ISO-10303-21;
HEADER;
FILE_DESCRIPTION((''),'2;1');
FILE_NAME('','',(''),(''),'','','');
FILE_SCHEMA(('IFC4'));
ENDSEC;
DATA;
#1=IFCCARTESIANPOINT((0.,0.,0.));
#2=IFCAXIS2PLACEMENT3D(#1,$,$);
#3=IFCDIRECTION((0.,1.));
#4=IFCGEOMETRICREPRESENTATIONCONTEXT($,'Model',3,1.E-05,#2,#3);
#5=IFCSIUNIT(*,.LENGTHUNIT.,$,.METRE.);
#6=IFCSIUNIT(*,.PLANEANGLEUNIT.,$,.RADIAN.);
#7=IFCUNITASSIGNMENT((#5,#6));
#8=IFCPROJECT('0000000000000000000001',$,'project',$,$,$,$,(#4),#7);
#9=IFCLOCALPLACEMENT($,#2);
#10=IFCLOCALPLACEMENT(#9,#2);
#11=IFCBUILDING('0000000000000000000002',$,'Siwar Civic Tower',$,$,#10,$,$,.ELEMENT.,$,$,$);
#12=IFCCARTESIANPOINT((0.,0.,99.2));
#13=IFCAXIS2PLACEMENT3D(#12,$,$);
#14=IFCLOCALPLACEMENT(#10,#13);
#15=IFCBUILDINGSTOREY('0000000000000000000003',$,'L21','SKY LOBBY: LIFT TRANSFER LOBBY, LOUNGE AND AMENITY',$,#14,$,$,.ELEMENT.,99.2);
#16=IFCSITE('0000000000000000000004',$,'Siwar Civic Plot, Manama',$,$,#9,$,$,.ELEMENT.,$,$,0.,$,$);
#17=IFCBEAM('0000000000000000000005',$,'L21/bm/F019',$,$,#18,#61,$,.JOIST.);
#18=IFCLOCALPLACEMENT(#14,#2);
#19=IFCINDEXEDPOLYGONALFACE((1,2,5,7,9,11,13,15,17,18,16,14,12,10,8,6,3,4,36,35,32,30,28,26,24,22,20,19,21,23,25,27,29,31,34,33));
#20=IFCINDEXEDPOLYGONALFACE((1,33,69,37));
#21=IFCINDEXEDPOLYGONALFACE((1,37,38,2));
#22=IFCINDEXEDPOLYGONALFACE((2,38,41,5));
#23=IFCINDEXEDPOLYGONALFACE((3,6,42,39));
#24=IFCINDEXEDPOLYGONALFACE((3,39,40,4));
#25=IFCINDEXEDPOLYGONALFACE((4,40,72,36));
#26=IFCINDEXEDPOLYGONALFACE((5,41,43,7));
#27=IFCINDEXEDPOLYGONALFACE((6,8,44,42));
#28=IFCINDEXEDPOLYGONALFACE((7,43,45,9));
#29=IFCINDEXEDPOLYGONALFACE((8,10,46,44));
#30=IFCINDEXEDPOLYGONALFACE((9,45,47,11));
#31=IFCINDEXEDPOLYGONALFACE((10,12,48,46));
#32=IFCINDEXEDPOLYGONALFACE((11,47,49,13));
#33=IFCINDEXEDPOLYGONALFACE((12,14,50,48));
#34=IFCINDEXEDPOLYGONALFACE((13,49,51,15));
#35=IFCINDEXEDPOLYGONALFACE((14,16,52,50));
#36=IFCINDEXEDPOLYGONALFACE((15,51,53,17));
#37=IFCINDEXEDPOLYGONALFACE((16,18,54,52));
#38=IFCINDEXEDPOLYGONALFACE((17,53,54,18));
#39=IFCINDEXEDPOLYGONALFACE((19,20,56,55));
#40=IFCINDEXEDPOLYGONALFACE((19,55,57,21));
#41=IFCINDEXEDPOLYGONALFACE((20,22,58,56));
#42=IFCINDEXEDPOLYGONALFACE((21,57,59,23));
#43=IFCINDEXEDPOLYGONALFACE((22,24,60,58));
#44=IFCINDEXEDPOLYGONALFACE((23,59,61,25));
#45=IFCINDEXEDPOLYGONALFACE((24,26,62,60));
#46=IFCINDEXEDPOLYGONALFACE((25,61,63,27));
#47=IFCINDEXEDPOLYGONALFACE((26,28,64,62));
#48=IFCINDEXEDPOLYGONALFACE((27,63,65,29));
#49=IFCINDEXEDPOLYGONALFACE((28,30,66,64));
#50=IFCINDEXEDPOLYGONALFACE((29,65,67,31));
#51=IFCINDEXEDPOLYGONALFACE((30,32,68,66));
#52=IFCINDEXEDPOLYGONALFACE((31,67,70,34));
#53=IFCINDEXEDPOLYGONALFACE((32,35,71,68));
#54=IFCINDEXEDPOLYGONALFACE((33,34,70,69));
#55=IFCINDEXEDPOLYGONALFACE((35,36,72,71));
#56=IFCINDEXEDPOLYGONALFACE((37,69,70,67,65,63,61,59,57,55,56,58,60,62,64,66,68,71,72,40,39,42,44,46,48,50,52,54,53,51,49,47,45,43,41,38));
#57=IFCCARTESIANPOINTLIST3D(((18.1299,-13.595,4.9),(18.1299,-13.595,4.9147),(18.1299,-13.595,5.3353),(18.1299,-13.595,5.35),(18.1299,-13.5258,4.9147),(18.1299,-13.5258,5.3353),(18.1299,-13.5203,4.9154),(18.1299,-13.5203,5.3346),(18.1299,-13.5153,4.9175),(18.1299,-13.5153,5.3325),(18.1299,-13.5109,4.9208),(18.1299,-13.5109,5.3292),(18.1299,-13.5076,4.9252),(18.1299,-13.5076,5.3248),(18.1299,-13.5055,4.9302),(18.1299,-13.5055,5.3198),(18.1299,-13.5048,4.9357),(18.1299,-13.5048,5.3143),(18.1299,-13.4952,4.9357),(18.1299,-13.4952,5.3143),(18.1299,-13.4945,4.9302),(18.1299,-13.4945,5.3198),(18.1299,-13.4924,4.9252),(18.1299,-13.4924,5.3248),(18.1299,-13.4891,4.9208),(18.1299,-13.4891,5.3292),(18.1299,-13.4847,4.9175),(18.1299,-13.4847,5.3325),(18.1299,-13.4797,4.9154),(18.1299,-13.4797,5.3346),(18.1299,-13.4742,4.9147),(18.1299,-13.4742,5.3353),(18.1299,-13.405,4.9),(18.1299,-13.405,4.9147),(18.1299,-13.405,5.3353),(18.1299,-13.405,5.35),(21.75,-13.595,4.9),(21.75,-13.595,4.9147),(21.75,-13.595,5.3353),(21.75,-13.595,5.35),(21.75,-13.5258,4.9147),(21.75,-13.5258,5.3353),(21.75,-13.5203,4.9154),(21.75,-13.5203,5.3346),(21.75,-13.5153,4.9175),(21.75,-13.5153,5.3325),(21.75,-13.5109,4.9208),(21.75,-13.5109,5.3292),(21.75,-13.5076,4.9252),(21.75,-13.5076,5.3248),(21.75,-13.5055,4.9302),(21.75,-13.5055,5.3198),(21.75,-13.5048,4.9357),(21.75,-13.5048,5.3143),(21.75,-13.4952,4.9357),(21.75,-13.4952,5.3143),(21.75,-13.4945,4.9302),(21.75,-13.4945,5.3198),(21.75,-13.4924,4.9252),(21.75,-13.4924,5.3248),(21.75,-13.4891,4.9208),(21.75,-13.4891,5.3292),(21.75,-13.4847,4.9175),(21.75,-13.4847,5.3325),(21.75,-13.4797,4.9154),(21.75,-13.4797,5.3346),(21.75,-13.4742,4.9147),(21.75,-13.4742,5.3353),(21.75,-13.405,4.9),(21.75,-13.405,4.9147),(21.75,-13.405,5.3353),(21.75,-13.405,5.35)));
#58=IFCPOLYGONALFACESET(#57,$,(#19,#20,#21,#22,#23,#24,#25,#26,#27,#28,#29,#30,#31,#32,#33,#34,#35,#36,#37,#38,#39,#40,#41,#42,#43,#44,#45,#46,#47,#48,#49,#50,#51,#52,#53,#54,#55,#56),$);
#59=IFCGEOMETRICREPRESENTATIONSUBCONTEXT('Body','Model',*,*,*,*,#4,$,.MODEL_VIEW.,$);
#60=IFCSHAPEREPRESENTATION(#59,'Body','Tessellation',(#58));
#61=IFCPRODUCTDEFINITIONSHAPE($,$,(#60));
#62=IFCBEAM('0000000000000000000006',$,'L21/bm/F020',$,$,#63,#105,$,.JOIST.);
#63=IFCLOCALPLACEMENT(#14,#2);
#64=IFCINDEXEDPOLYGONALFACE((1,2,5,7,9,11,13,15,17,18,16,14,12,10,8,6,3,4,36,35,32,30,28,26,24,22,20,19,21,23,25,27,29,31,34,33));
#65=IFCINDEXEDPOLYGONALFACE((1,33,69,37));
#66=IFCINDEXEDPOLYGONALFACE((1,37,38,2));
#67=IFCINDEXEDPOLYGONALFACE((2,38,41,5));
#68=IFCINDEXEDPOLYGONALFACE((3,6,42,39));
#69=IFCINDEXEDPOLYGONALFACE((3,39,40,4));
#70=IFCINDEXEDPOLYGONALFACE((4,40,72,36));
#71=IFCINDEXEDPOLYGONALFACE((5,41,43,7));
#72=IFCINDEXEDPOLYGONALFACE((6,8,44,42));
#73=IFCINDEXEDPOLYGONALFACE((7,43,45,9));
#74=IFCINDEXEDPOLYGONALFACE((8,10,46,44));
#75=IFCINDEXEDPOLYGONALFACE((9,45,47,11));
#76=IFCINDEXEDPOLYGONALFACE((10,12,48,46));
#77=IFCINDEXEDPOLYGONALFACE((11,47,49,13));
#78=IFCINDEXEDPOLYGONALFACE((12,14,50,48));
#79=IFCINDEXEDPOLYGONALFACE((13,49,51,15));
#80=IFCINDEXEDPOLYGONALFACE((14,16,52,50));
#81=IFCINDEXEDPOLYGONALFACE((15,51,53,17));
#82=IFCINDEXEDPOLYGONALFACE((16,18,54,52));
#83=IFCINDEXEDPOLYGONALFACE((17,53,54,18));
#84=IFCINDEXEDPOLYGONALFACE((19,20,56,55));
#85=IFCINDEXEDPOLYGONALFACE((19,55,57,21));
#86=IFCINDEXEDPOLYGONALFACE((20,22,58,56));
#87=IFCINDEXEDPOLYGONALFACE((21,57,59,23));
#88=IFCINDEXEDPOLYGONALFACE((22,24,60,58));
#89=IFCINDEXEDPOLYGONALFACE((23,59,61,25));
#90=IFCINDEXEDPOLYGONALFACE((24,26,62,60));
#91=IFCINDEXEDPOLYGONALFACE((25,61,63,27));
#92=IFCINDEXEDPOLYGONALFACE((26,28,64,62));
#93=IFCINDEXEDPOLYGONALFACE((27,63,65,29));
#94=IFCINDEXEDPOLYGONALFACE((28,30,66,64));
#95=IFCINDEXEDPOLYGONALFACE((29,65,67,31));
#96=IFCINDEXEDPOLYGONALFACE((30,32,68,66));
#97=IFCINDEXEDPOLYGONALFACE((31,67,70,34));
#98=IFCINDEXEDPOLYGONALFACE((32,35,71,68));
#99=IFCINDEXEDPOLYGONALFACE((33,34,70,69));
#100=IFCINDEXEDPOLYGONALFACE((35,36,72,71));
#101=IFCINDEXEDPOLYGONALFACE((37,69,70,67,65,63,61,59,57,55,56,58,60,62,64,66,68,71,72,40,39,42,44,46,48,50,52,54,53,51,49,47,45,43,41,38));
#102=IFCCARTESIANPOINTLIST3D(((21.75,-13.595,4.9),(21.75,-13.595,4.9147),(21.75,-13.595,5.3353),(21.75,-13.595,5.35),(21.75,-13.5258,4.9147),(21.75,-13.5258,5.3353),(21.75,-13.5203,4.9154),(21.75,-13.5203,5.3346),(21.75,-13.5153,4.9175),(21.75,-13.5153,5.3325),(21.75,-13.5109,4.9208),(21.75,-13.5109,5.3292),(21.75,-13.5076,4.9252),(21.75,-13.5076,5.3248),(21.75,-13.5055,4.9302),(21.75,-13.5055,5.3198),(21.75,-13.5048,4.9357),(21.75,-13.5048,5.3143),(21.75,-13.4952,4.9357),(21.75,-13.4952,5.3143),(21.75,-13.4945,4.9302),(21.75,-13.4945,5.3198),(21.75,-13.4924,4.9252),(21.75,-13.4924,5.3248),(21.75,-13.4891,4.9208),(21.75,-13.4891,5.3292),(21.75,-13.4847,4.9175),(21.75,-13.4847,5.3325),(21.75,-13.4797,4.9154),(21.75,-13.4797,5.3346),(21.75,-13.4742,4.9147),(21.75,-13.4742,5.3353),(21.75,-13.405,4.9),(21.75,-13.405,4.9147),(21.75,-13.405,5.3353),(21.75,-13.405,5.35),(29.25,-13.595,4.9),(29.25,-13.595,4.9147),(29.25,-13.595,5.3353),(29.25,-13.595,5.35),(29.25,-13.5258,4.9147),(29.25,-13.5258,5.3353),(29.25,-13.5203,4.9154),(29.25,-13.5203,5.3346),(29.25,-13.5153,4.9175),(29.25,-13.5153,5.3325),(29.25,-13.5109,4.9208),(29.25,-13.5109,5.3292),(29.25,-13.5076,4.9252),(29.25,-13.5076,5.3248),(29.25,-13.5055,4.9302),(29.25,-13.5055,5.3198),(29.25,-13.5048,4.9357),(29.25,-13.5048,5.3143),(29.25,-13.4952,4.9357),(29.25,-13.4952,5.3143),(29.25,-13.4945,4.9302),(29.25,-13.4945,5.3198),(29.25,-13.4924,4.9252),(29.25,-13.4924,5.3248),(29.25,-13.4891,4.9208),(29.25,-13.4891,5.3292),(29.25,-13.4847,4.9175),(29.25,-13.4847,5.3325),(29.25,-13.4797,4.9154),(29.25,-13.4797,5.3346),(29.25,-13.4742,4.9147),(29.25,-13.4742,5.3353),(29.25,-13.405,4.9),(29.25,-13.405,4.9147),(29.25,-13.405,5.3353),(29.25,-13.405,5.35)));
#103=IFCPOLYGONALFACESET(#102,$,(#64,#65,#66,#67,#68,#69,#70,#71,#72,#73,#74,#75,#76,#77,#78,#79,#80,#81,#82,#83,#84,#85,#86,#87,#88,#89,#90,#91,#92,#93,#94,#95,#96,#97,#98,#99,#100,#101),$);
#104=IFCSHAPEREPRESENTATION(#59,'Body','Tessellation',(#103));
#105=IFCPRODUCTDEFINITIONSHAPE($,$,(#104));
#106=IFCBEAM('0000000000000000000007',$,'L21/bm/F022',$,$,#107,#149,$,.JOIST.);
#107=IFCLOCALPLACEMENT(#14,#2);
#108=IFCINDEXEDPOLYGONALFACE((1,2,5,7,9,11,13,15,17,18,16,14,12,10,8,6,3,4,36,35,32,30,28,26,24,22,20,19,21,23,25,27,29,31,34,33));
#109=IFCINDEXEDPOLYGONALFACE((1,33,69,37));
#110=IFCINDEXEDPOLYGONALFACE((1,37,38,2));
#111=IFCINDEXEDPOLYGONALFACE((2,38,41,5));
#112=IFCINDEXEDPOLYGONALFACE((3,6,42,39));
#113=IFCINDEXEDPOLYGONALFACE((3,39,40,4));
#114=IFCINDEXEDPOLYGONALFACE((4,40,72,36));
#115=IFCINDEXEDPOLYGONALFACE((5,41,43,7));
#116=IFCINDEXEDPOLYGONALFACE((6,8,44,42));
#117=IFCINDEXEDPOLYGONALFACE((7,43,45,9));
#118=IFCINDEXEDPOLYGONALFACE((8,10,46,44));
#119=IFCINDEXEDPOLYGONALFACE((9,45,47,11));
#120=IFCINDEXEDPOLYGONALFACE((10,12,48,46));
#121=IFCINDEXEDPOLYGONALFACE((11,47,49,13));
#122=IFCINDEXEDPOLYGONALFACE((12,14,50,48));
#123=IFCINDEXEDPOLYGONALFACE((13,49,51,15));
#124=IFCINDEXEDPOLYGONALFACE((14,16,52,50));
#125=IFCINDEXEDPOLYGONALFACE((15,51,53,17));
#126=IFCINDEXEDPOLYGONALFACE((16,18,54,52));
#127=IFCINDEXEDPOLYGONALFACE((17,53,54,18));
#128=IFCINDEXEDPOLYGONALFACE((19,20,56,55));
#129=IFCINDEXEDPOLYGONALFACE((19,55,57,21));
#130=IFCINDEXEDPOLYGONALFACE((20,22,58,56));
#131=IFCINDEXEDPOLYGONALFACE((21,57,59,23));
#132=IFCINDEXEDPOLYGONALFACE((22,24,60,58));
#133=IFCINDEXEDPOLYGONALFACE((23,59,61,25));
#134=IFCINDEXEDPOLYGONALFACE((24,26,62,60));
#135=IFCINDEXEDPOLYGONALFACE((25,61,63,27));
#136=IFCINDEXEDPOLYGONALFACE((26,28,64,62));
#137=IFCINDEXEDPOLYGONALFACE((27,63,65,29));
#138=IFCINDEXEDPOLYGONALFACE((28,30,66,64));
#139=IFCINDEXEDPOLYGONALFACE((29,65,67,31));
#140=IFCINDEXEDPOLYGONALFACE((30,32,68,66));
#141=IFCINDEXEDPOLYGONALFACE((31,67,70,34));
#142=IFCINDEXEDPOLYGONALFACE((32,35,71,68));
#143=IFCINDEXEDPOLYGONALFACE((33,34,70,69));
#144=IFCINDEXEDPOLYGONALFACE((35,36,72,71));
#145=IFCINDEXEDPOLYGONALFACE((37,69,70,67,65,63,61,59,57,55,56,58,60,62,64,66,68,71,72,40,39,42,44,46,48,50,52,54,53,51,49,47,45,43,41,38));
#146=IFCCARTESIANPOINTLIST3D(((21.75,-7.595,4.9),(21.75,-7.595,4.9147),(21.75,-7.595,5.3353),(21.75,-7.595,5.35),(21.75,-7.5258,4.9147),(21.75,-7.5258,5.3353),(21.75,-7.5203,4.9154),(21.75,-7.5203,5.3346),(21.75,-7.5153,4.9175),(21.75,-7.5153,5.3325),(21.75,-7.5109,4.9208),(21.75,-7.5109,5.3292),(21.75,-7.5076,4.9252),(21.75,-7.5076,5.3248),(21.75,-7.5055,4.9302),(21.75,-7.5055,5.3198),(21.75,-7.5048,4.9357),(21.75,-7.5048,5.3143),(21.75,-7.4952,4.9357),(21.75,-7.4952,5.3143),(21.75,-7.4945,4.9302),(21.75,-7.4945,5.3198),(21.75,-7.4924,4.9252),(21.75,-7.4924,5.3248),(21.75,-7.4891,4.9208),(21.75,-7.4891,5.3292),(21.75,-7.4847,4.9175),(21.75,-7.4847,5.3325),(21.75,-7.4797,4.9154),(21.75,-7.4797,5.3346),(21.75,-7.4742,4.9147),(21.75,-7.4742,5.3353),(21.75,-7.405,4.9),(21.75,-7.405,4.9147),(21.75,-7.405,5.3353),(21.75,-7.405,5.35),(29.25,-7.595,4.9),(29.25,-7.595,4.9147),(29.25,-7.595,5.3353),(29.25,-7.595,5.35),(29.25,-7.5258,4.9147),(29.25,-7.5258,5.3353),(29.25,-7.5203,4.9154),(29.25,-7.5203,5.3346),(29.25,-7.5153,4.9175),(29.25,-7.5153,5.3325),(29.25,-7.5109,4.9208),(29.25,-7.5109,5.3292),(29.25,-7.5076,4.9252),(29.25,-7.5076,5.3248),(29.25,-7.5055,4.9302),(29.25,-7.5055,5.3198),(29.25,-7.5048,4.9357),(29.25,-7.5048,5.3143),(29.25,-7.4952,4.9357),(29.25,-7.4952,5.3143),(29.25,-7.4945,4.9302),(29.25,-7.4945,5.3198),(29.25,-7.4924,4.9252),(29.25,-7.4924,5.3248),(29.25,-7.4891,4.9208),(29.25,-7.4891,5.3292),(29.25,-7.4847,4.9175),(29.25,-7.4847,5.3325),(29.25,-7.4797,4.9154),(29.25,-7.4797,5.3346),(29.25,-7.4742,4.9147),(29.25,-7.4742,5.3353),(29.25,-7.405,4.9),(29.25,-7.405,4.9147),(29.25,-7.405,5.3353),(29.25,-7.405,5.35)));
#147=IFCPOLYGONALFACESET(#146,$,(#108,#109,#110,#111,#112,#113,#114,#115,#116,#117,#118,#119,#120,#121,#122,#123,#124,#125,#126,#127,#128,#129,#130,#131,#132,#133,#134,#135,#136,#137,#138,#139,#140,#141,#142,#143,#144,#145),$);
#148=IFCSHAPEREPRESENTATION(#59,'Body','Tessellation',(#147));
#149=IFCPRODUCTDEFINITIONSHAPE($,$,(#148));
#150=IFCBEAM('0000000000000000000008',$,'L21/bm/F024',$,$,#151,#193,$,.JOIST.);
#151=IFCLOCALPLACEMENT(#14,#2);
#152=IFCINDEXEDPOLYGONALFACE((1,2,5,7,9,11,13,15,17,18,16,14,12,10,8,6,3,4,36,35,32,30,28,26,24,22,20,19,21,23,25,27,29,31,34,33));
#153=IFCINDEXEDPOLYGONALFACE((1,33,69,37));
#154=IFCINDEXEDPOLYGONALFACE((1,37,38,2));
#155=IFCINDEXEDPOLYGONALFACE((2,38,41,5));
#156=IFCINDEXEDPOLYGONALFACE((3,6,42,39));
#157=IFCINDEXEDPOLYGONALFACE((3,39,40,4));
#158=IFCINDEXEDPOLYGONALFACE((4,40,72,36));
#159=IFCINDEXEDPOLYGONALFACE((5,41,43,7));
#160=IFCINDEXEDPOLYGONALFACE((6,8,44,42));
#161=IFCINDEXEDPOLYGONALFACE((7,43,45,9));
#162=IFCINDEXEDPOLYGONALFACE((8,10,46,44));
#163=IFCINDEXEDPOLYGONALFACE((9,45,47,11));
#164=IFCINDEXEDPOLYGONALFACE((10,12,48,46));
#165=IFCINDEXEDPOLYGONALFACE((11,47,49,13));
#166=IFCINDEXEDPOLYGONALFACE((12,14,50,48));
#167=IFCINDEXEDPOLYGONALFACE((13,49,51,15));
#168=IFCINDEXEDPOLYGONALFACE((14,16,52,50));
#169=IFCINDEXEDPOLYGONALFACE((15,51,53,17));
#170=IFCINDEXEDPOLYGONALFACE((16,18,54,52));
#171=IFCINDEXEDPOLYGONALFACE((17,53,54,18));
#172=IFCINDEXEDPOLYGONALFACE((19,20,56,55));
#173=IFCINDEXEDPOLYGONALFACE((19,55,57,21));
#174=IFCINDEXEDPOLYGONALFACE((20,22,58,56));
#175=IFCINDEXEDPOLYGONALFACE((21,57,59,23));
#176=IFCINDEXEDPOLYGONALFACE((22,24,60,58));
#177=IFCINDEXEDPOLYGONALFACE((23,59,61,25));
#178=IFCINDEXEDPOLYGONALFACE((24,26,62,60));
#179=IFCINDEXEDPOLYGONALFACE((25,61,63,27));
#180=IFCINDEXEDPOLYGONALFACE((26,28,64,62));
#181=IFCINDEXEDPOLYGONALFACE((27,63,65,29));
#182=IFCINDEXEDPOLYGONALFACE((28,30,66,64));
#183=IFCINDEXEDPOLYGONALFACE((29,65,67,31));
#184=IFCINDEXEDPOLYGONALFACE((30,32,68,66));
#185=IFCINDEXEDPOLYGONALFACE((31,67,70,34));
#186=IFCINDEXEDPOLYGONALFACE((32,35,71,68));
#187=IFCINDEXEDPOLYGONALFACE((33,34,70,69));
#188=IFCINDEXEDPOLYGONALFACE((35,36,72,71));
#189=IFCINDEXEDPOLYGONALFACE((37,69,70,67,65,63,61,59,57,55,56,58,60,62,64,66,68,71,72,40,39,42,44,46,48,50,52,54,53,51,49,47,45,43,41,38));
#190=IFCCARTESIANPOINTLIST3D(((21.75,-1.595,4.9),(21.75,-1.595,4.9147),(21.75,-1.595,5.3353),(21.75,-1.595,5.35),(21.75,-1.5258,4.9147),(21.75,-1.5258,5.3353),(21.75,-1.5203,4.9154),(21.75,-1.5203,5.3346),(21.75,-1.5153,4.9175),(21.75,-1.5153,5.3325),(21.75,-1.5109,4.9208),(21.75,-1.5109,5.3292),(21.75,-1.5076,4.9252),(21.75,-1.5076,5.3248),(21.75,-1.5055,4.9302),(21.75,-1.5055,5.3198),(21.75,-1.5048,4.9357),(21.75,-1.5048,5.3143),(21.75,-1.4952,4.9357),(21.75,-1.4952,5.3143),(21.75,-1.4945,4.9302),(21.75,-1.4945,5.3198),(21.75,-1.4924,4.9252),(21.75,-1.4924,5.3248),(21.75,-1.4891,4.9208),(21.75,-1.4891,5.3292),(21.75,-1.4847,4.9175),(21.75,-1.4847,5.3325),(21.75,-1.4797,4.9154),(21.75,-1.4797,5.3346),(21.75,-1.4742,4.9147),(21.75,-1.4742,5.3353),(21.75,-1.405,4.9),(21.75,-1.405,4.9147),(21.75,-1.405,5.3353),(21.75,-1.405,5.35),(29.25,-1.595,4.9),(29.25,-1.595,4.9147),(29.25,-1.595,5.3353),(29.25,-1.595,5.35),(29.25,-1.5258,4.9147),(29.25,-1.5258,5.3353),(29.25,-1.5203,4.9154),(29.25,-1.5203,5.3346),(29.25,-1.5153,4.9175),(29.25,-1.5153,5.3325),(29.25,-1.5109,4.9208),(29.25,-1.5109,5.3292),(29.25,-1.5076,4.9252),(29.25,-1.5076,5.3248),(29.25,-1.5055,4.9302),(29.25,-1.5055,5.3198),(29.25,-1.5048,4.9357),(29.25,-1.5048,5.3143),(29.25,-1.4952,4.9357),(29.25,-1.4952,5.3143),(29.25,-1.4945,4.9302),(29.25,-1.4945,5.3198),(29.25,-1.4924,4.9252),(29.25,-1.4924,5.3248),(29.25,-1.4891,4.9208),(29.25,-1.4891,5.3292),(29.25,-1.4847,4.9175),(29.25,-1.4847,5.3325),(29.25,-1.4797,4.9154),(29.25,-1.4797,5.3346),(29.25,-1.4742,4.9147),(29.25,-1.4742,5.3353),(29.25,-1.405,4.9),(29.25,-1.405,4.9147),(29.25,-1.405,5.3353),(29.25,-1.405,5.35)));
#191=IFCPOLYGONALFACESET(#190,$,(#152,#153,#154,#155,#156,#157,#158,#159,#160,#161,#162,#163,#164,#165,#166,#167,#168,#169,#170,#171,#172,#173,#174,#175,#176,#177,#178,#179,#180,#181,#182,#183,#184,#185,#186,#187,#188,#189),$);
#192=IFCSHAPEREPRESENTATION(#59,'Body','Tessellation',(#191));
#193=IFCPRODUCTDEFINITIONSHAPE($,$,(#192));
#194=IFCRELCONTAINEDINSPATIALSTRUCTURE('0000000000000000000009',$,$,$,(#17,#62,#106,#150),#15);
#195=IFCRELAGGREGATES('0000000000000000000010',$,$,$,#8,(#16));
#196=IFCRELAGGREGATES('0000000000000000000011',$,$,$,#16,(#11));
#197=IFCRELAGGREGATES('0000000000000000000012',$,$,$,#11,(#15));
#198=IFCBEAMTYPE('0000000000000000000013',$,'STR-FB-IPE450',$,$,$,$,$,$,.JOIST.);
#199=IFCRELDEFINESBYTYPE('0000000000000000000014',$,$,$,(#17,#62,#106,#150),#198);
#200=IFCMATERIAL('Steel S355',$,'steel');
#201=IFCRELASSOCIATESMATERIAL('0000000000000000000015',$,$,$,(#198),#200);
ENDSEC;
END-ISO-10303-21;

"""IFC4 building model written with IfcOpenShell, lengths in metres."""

from ifc_helpers import new_model, si_unit, direction, frame, origin, origin_2d, place, context, subcontext, project, spatial, i_section, extrude, material, material_profile, profile_set, type_object, element, save


model = new_model("IFC4")

# Units and contexts
model_context = context("Model", 3, precision=1e-05, world=origin(), true_north=direction((0.0, 1.0)))
body_context = subcontext(model_context, "Body", "Model", "MODEL_VIEW")
ifc_project = project(units=[si_unit("LENGTHUNIT", "METRE"), si_unit("PLANEANGLEUNIT", "RADIAN")], contexts=[model_context])

# Site, building, storey
site_placement = place(None, origin())
site = spatial("IfcSite", under=ifc_project, at=site_placement, Name="Siwar Civic Plot, Manama", CompositionType="ELEMENT", RefElevation=0.0)
building_placement = place(site_placement, origin())
building = spatial("IfcBuilding", under=site, at=building_placement, Name="Siwar Civic Tower", CompositionType="ELEMENT")
storey_placement = place(building_placement, frame((0.0, 0.0, 99.2)))
storey = spatial("IfcBuildingStorey", under=building, at=storey_placement, Name="L21", Description="SKY LOBBY: LIFT TRANSFER LOBBY, LOUNGE AND AMENITY", CompositionType="ELEMENT", Elevation=99.2)

# Beams
ifc_material_1 = material(Name="Steel S355", Category="steel")
ifc_material_profile_1 = material_profile(ifc_material_1, i_section(OverallWidth=0.1899, OverallDepth=0.45, WebThickness=0.0095, FlangeThickness=0.0146, FilletRadius=0.021, at=origin_2d()), Name="IPE450")
ifc_profile_set_1 = profile_set([ifc_material_profile_1], Name="Steel S355")
beam_type_1 = type_object("IfcBeamType", Name="STR-FB-IPE450", PredefinedType="JOIST", material=ifc_profile_set_1)
beam_placement = place(storey_placement, frame((18.1299, -13.5, 5.125), z_axis=(1.0, 0.0, 0.0), x_axis=(0.0, 1.0, 0.0)))
element("IfcBeam", 1, at=beam_placement, inside=storey, type_object=beam_type_1, Name="L21/bm/F019", PredefinedType="JOIST", context=body_context, shape_type="SweptSolid", body=[
    extrude(i_section(OverallWidth=0.1899, OverallDepth=0.45, WebThickness=0.0095, FlangeThickness=0.0146, FilletRadius=0.021, at=origin_2d()), origin(), (0.0, 0.0, 1.0), 3.6201),
])
for number, where, z_axis, x_axis, name in (
    (2, (21.75, -13.5, 5.125), (1.0, 0.0, 0.0), (0.0, 1.0, 0.0), "L21/bm/F020"),
    (3, (21.75, -7.5, 5.125), (1.0, 0.0, 0.0), (0.0, 1.0, 0.0), "L21/bm/F022"),
    (4, (21.75, -1.5, 5.125), (1.0, 0.0, 0.0), (0.0, 1.0, 0.0), "L21/bm/F024"),
):
    element("IfcBeam", number, at=place(storey_placement, frame(where, z_axis=z_axis, x_axis=x_axis)), inside=storey, type_object=beam_type_1, Name=name, PredefinedType="JOIST", context=body_context, shape_type="SweptSolid", body=[
        extrude(i_section(OverallWidth=0.1899, OverallDepth=0.45, WebThickness=0.0095, FlangeThickness=0.0146, FilletRadius=0.021, at=origin_2d()), origin(), (0.0, 0.0, 1.0), 7.5),
    ])

save(model, "model.ifc")
